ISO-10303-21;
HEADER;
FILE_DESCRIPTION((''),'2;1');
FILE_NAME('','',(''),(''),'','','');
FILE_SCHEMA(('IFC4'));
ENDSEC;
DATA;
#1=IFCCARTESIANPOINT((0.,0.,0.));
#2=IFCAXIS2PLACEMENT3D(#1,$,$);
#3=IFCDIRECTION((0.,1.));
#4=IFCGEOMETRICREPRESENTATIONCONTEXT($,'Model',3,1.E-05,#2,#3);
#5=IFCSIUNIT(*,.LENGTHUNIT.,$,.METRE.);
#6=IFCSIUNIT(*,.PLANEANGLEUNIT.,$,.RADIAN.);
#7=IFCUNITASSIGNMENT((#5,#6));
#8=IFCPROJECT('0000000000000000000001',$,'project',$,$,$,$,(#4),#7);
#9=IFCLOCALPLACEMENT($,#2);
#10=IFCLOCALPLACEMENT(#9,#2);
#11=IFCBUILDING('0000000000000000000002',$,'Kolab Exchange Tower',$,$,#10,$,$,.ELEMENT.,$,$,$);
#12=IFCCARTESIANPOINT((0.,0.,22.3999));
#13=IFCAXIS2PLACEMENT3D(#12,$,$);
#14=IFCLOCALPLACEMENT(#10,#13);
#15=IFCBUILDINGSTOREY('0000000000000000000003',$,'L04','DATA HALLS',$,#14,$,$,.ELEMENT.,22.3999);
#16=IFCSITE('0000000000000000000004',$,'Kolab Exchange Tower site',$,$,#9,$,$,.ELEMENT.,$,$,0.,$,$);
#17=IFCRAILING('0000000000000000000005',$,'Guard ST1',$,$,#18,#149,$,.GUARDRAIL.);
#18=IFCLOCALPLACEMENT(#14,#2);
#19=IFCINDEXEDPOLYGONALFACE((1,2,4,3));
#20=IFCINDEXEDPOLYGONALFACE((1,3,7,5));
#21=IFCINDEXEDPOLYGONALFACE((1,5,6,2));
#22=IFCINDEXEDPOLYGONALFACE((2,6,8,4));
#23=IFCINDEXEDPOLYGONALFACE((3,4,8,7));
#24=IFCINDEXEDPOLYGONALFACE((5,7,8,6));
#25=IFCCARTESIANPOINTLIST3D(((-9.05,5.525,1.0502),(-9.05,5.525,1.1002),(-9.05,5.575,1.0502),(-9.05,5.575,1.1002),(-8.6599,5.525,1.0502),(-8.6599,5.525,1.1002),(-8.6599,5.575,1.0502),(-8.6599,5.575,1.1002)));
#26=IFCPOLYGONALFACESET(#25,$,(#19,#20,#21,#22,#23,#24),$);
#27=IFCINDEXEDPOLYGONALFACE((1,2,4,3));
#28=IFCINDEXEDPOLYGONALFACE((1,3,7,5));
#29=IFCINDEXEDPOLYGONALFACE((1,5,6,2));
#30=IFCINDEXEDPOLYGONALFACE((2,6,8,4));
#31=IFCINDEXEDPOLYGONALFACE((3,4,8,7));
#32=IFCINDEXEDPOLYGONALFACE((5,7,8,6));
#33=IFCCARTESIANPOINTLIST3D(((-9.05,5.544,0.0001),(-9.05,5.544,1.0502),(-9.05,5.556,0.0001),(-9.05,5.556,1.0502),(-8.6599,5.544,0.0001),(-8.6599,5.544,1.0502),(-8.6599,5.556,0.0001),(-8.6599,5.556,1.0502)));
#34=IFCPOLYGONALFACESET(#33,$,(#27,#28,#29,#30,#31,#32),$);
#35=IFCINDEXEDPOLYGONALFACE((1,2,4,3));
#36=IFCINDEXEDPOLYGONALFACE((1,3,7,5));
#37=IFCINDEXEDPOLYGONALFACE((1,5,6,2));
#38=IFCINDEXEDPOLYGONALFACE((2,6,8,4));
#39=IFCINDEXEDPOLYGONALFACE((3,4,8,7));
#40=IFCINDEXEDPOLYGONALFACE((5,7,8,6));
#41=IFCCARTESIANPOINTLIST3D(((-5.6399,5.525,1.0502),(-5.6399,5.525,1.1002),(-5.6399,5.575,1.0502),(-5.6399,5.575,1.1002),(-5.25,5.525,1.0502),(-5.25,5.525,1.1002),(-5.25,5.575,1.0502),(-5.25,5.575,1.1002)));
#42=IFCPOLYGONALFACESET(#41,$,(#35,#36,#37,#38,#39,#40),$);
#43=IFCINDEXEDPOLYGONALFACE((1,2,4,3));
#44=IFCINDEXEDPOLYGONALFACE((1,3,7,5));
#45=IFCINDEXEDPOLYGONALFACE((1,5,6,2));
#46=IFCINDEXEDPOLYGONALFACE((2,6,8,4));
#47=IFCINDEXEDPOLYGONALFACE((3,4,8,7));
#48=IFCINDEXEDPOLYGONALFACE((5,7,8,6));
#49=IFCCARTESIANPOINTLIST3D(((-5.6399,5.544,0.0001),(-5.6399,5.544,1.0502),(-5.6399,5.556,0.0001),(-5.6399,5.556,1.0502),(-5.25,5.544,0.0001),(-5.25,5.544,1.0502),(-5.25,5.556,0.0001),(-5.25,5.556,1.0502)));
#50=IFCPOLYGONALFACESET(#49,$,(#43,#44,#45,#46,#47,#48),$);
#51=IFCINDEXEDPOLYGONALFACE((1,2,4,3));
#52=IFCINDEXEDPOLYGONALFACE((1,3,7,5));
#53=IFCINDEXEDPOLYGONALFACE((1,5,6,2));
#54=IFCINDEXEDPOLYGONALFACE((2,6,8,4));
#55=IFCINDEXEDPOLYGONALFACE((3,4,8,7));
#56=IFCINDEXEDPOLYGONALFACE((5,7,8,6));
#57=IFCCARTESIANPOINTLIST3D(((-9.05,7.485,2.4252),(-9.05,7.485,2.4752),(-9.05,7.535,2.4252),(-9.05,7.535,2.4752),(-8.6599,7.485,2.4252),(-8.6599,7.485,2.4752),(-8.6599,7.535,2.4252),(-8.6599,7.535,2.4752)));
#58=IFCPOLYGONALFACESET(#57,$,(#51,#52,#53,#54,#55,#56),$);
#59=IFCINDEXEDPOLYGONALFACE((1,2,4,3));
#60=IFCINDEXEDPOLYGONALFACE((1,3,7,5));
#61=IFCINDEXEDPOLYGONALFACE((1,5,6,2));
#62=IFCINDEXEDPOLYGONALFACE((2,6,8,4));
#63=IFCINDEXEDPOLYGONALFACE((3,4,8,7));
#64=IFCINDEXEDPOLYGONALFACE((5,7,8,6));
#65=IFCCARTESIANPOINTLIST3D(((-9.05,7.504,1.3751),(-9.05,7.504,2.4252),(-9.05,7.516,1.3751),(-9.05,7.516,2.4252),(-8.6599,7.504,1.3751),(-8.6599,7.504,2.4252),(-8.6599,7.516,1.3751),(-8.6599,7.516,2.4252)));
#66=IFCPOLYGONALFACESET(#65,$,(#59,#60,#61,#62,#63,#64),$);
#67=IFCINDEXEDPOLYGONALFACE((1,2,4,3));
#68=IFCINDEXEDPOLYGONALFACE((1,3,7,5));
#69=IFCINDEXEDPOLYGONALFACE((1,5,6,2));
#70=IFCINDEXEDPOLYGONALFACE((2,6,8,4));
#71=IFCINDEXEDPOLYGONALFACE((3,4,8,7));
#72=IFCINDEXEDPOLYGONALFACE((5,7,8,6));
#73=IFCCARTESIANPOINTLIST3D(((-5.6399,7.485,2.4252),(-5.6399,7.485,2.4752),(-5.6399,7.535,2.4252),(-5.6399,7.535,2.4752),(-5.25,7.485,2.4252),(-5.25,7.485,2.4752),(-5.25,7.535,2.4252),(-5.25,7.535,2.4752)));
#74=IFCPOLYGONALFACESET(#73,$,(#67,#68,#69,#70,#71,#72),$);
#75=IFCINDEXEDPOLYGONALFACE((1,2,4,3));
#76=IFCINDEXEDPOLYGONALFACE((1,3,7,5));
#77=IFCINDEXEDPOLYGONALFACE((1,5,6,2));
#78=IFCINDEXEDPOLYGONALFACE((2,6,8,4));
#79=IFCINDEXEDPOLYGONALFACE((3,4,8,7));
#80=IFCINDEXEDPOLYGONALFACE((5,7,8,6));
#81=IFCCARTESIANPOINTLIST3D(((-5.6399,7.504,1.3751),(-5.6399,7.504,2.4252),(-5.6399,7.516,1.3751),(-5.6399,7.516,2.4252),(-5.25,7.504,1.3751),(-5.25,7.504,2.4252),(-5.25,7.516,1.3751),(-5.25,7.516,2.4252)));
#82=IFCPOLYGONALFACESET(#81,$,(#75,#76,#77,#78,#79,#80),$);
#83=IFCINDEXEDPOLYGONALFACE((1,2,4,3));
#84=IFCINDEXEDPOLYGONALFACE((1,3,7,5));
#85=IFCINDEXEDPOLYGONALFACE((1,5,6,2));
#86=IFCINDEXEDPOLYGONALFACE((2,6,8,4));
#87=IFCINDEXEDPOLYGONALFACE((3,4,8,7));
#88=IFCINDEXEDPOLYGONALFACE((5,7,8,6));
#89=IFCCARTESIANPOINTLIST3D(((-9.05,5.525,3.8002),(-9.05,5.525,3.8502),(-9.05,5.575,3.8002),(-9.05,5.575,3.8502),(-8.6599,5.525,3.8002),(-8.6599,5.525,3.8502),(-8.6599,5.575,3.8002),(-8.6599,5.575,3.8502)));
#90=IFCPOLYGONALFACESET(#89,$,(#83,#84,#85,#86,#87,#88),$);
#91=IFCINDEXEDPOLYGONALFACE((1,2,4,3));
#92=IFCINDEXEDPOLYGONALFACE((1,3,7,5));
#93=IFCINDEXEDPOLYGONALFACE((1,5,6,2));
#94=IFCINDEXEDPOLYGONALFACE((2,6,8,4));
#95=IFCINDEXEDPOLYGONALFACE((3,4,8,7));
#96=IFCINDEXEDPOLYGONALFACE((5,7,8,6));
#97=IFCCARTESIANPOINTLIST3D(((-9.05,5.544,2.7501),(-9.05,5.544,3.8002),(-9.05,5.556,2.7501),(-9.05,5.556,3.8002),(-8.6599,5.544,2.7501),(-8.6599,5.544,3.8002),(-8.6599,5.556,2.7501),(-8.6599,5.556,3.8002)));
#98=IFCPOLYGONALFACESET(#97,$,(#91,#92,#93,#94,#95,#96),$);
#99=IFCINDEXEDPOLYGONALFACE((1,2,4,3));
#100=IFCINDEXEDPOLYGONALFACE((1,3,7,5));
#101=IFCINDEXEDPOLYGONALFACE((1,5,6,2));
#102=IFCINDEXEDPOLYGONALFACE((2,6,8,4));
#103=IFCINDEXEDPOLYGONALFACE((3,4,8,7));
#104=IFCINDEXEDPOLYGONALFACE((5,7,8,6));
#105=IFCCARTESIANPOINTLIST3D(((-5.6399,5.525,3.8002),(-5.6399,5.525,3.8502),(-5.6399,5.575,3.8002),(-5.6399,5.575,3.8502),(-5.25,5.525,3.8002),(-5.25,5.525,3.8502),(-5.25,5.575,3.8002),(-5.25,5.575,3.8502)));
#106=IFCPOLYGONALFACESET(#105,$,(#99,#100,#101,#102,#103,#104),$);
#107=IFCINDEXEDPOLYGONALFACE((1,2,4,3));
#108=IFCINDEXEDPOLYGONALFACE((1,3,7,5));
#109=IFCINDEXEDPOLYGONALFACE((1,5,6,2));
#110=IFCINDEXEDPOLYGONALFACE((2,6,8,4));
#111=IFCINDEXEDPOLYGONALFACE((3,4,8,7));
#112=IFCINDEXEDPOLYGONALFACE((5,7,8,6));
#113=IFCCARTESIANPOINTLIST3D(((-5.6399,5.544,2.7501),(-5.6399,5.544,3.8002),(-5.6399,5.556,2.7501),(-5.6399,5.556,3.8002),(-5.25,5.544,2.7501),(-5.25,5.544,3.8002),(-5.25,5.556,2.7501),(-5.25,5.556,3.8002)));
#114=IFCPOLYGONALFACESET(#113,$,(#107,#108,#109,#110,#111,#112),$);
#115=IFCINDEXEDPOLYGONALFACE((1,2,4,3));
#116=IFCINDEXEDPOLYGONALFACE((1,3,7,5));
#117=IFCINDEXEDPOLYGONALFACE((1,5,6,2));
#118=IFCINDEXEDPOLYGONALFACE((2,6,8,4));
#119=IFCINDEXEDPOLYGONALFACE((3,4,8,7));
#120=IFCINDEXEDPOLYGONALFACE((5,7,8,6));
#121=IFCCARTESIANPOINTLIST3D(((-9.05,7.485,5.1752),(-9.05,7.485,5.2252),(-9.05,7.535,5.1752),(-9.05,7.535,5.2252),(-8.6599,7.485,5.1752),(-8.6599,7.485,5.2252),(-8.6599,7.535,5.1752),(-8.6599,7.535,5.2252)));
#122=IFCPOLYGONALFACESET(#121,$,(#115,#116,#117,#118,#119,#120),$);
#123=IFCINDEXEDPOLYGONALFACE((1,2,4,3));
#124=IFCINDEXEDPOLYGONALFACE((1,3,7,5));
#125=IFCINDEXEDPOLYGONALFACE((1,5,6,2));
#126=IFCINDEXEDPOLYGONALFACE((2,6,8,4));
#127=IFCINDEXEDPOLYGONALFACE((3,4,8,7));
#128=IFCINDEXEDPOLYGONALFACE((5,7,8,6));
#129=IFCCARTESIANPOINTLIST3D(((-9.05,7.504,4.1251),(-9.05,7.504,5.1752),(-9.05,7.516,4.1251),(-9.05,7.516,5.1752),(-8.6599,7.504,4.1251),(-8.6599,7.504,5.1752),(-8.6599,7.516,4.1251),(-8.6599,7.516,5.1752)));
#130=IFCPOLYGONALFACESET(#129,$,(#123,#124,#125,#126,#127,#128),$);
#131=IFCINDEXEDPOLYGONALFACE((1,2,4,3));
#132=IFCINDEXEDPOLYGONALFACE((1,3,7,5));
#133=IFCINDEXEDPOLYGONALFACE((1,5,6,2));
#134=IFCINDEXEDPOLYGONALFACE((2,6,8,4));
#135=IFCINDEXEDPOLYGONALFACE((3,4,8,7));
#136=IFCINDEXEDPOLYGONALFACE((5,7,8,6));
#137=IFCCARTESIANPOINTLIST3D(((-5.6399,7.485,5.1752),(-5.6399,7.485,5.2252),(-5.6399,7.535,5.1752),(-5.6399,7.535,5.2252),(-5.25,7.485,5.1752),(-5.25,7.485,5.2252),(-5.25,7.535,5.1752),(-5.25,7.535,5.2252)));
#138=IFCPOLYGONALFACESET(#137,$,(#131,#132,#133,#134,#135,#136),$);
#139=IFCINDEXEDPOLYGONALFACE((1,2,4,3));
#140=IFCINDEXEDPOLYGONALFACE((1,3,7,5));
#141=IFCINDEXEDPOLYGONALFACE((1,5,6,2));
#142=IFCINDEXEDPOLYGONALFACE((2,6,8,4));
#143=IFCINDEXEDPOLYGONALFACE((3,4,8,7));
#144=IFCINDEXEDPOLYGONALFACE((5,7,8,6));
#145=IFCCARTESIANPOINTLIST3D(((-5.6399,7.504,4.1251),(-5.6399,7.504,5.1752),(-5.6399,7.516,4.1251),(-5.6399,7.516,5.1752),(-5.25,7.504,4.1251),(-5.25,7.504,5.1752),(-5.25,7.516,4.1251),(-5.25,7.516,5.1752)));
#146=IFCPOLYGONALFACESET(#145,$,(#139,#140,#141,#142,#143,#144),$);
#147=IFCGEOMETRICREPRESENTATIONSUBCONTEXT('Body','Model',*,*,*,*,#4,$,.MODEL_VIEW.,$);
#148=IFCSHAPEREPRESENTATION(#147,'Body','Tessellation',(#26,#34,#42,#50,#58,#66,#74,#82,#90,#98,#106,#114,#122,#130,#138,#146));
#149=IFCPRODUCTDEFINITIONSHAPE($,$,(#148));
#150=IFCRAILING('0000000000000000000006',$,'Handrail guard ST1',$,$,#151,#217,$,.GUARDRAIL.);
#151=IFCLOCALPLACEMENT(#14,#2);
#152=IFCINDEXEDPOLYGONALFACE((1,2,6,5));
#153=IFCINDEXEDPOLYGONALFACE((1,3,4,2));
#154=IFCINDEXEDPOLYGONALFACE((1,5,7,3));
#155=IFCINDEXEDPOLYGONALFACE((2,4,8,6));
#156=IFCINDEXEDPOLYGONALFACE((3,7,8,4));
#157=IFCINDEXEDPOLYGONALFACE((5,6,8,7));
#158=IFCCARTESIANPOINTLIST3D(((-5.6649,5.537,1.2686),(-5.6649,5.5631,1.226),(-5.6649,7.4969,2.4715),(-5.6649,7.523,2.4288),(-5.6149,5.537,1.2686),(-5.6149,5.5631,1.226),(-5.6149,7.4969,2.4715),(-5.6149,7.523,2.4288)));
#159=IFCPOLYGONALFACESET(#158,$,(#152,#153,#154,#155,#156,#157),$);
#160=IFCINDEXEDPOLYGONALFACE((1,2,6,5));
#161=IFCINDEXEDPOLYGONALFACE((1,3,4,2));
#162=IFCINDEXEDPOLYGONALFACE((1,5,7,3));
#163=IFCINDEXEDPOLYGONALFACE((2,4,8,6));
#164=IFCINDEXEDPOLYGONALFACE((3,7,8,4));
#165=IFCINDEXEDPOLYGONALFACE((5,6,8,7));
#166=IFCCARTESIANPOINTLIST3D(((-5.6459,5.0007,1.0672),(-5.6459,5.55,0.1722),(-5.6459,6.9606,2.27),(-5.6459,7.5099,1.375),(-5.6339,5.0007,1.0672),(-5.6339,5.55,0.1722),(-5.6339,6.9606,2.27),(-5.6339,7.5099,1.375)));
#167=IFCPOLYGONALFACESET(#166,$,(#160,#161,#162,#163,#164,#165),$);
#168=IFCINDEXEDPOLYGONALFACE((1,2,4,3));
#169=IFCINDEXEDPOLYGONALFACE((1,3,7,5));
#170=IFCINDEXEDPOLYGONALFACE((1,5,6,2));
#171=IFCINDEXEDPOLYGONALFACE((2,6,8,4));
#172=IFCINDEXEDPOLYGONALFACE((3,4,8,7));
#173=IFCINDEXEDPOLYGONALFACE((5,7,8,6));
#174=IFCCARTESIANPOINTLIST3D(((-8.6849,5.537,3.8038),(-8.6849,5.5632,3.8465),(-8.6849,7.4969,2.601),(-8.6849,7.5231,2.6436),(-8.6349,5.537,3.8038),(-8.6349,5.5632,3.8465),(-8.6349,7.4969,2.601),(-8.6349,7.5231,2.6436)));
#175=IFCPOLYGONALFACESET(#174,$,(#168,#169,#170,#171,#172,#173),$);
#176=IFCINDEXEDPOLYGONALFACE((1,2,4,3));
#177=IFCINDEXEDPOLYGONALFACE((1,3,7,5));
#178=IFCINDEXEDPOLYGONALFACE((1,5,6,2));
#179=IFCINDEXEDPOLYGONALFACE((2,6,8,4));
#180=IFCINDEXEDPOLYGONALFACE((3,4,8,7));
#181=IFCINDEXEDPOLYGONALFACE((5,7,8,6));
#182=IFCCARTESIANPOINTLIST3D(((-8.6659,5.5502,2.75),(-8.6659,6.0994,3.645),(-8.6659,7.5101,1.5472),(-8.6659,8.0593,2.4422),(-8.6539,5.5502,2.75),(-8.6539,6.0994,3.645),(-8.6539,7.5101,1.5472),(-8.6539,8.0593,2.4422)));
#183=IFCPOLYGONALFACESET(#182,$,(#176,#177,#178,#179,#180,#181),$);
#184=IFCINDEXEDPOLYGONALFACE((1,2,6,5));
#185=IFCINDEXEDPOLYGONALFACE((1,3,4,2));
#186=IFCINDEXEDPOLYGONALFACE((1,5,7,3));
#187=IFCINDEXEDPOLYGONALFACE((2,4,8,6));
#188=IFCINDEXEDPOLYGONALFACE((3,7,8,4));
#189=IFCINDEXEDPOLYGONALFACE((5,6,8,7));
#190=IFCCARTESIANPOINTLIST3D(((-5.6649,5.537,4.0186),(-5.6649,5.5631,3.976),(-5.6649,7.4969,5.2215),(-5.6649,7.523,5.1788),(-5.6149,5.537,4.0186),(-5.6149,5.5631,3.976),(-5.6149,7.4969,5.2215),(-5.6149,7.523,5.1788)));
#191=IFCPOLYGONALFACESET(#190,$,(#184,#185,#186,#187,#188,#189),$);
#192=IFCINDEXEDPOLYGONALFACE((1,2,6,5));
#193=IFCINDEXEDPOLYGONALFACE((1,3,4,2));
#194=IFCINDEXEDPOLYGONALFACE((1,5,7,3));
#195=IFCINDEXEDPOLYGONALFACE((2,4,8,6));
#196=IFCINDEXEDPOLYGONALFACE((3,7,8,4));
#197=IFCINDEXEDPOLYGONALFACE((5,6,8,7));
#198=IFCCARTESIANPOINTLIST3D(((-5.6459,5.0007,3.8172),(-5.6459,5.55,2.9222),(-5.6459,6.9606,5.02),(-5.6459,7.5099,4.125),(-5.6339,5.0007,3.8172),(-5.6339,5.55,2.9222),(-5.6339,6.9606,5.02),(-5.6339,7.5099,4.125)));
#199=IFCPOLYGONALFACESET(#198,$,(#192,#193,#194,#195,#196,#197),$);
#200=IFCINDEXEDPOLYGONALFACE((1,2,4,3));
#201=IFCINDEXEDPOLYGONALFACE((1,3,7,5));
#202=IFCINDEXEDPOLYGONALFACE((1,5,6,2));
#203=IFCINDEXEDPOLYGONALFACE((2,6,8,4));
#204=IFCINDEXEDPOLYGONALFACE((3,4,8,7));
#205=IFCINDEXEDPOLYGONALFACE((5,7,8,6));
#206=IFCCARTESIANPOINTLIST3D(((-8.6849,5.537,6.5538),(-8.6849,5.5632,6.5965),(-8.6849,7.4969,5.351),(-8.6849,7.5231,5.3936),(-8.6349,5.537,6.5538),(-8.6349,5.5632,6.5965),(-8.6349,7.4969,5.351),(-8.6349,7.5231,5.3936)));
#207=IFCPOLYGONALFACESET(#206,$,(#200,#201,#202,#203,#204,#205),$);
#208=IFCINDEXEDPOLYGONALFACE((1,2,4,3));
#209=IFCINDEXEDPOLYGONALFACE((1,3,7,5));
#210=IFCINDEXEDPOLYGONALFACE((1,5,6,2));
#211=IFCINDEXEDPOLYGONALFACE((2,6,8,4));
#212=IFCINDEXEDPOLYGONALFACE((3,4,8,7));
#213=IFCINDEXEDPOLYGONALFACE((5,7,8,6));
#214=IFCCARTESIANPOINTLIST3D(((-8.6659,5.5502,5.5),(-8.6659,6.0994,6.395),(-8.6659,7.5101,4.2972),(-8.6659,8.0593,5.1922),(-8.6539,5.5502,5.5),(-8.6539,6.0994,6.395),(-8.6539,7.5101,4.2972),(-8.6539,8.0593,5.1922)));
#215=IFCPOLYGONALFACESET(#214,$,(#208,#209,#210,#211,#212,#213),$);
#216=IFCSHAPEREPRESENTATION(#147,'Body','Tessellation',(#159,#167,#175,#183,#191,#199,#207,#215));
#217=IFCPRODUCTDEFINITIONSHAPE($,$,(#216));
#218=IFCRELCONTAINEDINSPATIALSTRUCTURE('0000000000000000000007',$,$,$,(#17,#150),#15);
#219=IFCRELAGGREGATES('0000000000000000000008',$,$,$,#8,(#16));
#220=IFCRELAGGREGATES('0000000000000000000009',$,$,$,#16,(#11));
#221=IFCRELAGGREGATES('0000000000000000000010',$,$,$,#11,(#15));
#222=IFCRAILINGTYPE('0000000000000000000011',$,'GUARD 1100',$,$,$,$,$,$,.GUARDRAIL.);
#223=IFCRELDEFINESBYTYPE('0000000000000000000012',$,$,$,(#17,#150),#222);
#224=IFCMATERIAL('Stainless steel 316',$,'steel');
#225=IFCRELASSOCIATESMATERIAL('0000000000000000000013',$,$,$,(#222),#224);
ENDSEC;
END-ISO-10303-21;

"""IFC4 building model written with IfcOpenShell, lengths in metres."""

from ifc_helpers import new_model, si_unit, direction, frame, frame_2d, origin, origin_2d, place, context, subcontext, project, spatial, rectangle, extrude, material, type_object, element, save


model = new_model("IFC4")

# Units and contexts
model_context = context("Model", 3, precision=1e-05, world=origin(), true_north=direction((0.0, 1.0)))
body_context = subcontext(model_context, "Body", "Model", "MODEL_VIEW")
ifc_project = project(units=[si_unit("LENGTHUNIT", "METRE"), si_unit("PLANEANGLEUNIT", "RADIAN")], contexts=[model_context])

# Site, building, storey
site_placement = place(None, origin())
site = spatial("IfcSite", under=ifc_project, at=site_placement, Name="Kolab Exchange Tower site", CompositionType="ELEMENT", RefElevation=0.0)
building_placement = place(site_placement, origin())
building = spatial("IfcBuilding", under=site, at=building_placement, Name="Kolab Exchange Tower", CompositionType="ELEMENT")
storey_placement = place(building_placement, frame((0.0, 0.0, 22.3999)))
storey = spatial("IfcBuildingStorey", under=building, at=storey_placement, Name="L04", Description="DATA HALLS", CompositionType="ELEMENT", Elevation=22.3999)

# Railings
ifc_material_1 = material(Name="Stainless steel 316", Category="steel")
railing_type = type_object("IfcRailingType", Name="GUARD 1100", PredefinedType="GUARDRAIL", material=ifc_material_1)
railing_1_placement = place(storey_placement, frame((-9.05, 5.55, 0.0)))
element("IfcRailing", 1, at=railing_1_placement, inside=storey, type_object=railing_type, Name="Guard ST1", PredefinedType="GUARDRAIL", context=body_context, shape_type="SweptSolid", body=[
    extrude(rectangle(XDim=0.05, YDim=0.05, at=origin_2d()), frame((0.0, 0.0, 1.0752), z_axis=(1.0, 0.0, 0.0), x_axis=(0.0, 1.0, 0.0)), (0.0, 0.0, 1.0), 0.3901),
    extrude(rectangle(XDim=0.012, YDim=1.0501, at=frame_2d((0.0, 0.5251))), frame((0.0, 0.0, 0.0), z_axis=(1.0, 0.0, 0.0), x_axis=(0.0, 1.0, 0.0)), (0.0, 0.0, 1.0), 0.3901),
    extrude(rectangle(XDim=0.05, YDim=0.05, at=origin_2d()), frame((3.4102, 0.0, 1.0752), z_axis=(1.0, 0.0, 0.0), x_axis=(0.0, 1.0, 0.0)), (0.0, 0.0, 1.0), 0.3899),
    extrude(rectangle(XDim=0.012, YDim=1.0501, at=frame_2d((0.0, 0.5251))), frame((3.4102, 0.0, 0.0), z_axis=(1.0, 0.0, 0.0), x_axis=(0.0, 1.0, 0.0)), (0.0, 0.0, 1.0), 0.3899),
    extrude(rectangle(XDim=0.05, YDim=0.05, at=origin_2d()), frame((0.0, 1.96, 2.4502), z_axis=(1.0, 0.0, 0.0), x_axis=(0.0, 1.0, 0.0)), (0.0, 0.0, 1.0), 0.3901),
    extrude(rectangle(XDim=0.012, YDim=1.0501, at=frame_2d((0.0, 0.5251))), frame((0.0, 1.96, 1.375), z_axis=(1.0, 0.0, 0.0), x_axis=(0.0, 1.0, 0.0)), (0.0, 0.0, 1.0), 0.3901),
    extrude(rectangle(XDim=0.05, YDim=0.05, at=origin_2d()), frame((3.4102, 1.96, 2.4502), z_axis=(1.0, 0.0, 0.0), x_axis=(0.0, 1.0, 0.0)), (0.0, 0.0, 1.0), 0.3899),
    extrude(rectangle(XDim=0.012, YDim=1.0501, at=frame_2d((0.0, 0.5251))), frame((3.4102, 1.96, 1.375), z_axis=(1.0, 0.0, 0.0), x_axis=(0.0, 1.0, 0.0)), (0.0, 0.0, 1.0), 0.3899),
    extrude(rectangle(XDim=0.05, YDim=0.05, at=origin_2d()), frame((0.0, 0.0, 3.8252), z_axis=(1.0, 0.0, 0.0), x_axis=(0.0, 1.0, 0.0)), (0.0, 0.0, 1.0), 0.3901),
    extrude(rectangle(XDim=0.012, YDim=1.0501, at=frame_2d((0.0, 0.5251))), frame((0.0, 0.0, 2.75), z_axis=(1.0, 0.0, 0.0), x_axis=(0.0, 1.0, 0.0)), (0.0, 0.0, 1.0), 0.3901),
    extrude(rectangle(XDim=0.05, YDim=0.05, at=origin_2d()), frame((3.4102, 0.0, 3.8252), z_axis=(1.0, 0.0, 0.0), x_axis=(0.0, 1.0, 0.0)), (0.0, 0.0, 1.0), 0.3899),
    extrude(rectangle(XDim=0.012, YDim=1.0501, at=frame_2d((0.0, 0.5251))), frame((3.4102, 0.0, 2.75), z_axis=(1.0, 0.0, 0.0), x_axis=(0.0, 1.0, 0.0)), (0.0, 0.0, 1.0), 0.3899),
    extrude(rectangle(XDim=0.05, YDim=0.05, at=origin_2d()), frame((0.0, 1.96, 5.2002), z_axis=(1.0, 0.0, 0.0), x_axis=(0.0, 1.0, 0.0)), (0.0, 0.0, 1.0), 0.3901),
    extrude(rectangle(XDim=0.012, YDim=1.0501, at=frame_2d((0.0, 0.5251))), frame((0.0, 1.96, 4.125), z_axis=(1.0, 0.0, 0.0), x_axis=(0.0, 1.0, 0.0)), (0.0, 0.0, 1.0), 0.3901),
    extrude(rectangle(XDim=0.05, YDim=0.05, at=origin_2d()), frame((3.4102, 1.96, 5.2002), z_axis=(1.0, 0.0, 0.0), x_axis=(0.0, 1.0, 0.0)), (0.0, 0.0, 1.0), 0.3899),
    extrude(rectangle(XDim=0.012, YDim=1.0501, at=frame_2d((0.0, 0.5251))), frame((3.4102, 1.96, 4.125), z_axis=(1.0, 0.0, 0.0), x_axis=(0.0, 1.0, 0.0)), (0.0, 0.0, 1.0), 0.3899),
])
railing_2_placement = place(storey_placement, frame((-5.6399, 5.55, 0.1721)))
element("IfcRailing", 2, at=railing_2_placement, inside=storey, type_object=railing_type, Name="Handrail guard ST1", PredefinedType="GUARDRAIL", context=body_context, shape_type="SweptSolid", body=[
    extrude(rectangle(XDim=0.05, YDim=0.05, at=origin_2d()), frame((0.0, 0.0, 1.0752), z_axis=(0.0, 0.852288, 0.523072), x_axis=(-1.0, 0.0, 0.0)), (0.0, 0.0, 1.0), 2.2996),
    extrude(rectangle(XDim=0.012, YDim=1.0501, at=frame_2d((0.0, 0.5251))), frame((0.0, 0.0, 0.0), z_axis=(0.0, 0.852288, 0.523072), x_axis=(-1.0, 0.0, 0.0)), (0.0, 0.0, 1.0), 2.2996),
    extrude(rectangle(XDim=0.05, YDim=0.05, at=origin_2d()), frame((-3.02, 1.96, 2.4502), z_axis=(0.0, -0.852288, 0.523072), x_axis=(1.0, 0.0, 0.0)), (0.0, 0.0, 1.0), 2.2996),
    extrude(rectangle(XDim=0.012, YDim=1.0501, at=frame_2d((0.0, 0.5251))), frame((-3.02, 1.96, 1.375), z_axis=(0.0, -0.852288, 0.523072), x_axis=(1.0, 0.0, 0.0)), (0.0, 0.0, 1.0), 2.2996),
    extrude(rectangle(XDim=0.05, YDim=0.05, at=origin_2d()), frame((0.0, 0.0, 3.8252), z_axis=(0.0, 0.852288, 0.523072), x_axis=(-1.0, 0.0, 0.0)), (0.0, 0.0, 1.0), 2.2996),
    extrude(rectangle(XDim=0.012, YDim=1.0501, at=frame_2d((0.0, 0.5251))), frame((0.0, 0.0, 2.75), z_axis=(0.0, 0.852288, 0.523072), x_axis=(-1.0, 0.0, 0.0)), (0.0, 0.0, 1.0), 2.2996),
    extrude(rectangle(XDim=0.05, YDim=0.05, at=origin_2d()), frame((-3.02, 1.96, 5.2002), z_axis=(0.0, -0.852288, 0.523072), x_axis=(1.0, 0.0, 0.0)), (0.0, 0.0, 1.0), 2.2996),
    extrude(rectangle(XDim=0.012, YDim=1.0501, at=frame_2d((0.0, 0.5251))), frame((-3.02, 1.96, 4.125), z_axis=(0.0, -0.852288, 0.523072), x_axis=(1.0, 0.0, 0.0)), (0.0, 0.0, 1.0), 2.2996),
])

save(model, "model.ifc")
